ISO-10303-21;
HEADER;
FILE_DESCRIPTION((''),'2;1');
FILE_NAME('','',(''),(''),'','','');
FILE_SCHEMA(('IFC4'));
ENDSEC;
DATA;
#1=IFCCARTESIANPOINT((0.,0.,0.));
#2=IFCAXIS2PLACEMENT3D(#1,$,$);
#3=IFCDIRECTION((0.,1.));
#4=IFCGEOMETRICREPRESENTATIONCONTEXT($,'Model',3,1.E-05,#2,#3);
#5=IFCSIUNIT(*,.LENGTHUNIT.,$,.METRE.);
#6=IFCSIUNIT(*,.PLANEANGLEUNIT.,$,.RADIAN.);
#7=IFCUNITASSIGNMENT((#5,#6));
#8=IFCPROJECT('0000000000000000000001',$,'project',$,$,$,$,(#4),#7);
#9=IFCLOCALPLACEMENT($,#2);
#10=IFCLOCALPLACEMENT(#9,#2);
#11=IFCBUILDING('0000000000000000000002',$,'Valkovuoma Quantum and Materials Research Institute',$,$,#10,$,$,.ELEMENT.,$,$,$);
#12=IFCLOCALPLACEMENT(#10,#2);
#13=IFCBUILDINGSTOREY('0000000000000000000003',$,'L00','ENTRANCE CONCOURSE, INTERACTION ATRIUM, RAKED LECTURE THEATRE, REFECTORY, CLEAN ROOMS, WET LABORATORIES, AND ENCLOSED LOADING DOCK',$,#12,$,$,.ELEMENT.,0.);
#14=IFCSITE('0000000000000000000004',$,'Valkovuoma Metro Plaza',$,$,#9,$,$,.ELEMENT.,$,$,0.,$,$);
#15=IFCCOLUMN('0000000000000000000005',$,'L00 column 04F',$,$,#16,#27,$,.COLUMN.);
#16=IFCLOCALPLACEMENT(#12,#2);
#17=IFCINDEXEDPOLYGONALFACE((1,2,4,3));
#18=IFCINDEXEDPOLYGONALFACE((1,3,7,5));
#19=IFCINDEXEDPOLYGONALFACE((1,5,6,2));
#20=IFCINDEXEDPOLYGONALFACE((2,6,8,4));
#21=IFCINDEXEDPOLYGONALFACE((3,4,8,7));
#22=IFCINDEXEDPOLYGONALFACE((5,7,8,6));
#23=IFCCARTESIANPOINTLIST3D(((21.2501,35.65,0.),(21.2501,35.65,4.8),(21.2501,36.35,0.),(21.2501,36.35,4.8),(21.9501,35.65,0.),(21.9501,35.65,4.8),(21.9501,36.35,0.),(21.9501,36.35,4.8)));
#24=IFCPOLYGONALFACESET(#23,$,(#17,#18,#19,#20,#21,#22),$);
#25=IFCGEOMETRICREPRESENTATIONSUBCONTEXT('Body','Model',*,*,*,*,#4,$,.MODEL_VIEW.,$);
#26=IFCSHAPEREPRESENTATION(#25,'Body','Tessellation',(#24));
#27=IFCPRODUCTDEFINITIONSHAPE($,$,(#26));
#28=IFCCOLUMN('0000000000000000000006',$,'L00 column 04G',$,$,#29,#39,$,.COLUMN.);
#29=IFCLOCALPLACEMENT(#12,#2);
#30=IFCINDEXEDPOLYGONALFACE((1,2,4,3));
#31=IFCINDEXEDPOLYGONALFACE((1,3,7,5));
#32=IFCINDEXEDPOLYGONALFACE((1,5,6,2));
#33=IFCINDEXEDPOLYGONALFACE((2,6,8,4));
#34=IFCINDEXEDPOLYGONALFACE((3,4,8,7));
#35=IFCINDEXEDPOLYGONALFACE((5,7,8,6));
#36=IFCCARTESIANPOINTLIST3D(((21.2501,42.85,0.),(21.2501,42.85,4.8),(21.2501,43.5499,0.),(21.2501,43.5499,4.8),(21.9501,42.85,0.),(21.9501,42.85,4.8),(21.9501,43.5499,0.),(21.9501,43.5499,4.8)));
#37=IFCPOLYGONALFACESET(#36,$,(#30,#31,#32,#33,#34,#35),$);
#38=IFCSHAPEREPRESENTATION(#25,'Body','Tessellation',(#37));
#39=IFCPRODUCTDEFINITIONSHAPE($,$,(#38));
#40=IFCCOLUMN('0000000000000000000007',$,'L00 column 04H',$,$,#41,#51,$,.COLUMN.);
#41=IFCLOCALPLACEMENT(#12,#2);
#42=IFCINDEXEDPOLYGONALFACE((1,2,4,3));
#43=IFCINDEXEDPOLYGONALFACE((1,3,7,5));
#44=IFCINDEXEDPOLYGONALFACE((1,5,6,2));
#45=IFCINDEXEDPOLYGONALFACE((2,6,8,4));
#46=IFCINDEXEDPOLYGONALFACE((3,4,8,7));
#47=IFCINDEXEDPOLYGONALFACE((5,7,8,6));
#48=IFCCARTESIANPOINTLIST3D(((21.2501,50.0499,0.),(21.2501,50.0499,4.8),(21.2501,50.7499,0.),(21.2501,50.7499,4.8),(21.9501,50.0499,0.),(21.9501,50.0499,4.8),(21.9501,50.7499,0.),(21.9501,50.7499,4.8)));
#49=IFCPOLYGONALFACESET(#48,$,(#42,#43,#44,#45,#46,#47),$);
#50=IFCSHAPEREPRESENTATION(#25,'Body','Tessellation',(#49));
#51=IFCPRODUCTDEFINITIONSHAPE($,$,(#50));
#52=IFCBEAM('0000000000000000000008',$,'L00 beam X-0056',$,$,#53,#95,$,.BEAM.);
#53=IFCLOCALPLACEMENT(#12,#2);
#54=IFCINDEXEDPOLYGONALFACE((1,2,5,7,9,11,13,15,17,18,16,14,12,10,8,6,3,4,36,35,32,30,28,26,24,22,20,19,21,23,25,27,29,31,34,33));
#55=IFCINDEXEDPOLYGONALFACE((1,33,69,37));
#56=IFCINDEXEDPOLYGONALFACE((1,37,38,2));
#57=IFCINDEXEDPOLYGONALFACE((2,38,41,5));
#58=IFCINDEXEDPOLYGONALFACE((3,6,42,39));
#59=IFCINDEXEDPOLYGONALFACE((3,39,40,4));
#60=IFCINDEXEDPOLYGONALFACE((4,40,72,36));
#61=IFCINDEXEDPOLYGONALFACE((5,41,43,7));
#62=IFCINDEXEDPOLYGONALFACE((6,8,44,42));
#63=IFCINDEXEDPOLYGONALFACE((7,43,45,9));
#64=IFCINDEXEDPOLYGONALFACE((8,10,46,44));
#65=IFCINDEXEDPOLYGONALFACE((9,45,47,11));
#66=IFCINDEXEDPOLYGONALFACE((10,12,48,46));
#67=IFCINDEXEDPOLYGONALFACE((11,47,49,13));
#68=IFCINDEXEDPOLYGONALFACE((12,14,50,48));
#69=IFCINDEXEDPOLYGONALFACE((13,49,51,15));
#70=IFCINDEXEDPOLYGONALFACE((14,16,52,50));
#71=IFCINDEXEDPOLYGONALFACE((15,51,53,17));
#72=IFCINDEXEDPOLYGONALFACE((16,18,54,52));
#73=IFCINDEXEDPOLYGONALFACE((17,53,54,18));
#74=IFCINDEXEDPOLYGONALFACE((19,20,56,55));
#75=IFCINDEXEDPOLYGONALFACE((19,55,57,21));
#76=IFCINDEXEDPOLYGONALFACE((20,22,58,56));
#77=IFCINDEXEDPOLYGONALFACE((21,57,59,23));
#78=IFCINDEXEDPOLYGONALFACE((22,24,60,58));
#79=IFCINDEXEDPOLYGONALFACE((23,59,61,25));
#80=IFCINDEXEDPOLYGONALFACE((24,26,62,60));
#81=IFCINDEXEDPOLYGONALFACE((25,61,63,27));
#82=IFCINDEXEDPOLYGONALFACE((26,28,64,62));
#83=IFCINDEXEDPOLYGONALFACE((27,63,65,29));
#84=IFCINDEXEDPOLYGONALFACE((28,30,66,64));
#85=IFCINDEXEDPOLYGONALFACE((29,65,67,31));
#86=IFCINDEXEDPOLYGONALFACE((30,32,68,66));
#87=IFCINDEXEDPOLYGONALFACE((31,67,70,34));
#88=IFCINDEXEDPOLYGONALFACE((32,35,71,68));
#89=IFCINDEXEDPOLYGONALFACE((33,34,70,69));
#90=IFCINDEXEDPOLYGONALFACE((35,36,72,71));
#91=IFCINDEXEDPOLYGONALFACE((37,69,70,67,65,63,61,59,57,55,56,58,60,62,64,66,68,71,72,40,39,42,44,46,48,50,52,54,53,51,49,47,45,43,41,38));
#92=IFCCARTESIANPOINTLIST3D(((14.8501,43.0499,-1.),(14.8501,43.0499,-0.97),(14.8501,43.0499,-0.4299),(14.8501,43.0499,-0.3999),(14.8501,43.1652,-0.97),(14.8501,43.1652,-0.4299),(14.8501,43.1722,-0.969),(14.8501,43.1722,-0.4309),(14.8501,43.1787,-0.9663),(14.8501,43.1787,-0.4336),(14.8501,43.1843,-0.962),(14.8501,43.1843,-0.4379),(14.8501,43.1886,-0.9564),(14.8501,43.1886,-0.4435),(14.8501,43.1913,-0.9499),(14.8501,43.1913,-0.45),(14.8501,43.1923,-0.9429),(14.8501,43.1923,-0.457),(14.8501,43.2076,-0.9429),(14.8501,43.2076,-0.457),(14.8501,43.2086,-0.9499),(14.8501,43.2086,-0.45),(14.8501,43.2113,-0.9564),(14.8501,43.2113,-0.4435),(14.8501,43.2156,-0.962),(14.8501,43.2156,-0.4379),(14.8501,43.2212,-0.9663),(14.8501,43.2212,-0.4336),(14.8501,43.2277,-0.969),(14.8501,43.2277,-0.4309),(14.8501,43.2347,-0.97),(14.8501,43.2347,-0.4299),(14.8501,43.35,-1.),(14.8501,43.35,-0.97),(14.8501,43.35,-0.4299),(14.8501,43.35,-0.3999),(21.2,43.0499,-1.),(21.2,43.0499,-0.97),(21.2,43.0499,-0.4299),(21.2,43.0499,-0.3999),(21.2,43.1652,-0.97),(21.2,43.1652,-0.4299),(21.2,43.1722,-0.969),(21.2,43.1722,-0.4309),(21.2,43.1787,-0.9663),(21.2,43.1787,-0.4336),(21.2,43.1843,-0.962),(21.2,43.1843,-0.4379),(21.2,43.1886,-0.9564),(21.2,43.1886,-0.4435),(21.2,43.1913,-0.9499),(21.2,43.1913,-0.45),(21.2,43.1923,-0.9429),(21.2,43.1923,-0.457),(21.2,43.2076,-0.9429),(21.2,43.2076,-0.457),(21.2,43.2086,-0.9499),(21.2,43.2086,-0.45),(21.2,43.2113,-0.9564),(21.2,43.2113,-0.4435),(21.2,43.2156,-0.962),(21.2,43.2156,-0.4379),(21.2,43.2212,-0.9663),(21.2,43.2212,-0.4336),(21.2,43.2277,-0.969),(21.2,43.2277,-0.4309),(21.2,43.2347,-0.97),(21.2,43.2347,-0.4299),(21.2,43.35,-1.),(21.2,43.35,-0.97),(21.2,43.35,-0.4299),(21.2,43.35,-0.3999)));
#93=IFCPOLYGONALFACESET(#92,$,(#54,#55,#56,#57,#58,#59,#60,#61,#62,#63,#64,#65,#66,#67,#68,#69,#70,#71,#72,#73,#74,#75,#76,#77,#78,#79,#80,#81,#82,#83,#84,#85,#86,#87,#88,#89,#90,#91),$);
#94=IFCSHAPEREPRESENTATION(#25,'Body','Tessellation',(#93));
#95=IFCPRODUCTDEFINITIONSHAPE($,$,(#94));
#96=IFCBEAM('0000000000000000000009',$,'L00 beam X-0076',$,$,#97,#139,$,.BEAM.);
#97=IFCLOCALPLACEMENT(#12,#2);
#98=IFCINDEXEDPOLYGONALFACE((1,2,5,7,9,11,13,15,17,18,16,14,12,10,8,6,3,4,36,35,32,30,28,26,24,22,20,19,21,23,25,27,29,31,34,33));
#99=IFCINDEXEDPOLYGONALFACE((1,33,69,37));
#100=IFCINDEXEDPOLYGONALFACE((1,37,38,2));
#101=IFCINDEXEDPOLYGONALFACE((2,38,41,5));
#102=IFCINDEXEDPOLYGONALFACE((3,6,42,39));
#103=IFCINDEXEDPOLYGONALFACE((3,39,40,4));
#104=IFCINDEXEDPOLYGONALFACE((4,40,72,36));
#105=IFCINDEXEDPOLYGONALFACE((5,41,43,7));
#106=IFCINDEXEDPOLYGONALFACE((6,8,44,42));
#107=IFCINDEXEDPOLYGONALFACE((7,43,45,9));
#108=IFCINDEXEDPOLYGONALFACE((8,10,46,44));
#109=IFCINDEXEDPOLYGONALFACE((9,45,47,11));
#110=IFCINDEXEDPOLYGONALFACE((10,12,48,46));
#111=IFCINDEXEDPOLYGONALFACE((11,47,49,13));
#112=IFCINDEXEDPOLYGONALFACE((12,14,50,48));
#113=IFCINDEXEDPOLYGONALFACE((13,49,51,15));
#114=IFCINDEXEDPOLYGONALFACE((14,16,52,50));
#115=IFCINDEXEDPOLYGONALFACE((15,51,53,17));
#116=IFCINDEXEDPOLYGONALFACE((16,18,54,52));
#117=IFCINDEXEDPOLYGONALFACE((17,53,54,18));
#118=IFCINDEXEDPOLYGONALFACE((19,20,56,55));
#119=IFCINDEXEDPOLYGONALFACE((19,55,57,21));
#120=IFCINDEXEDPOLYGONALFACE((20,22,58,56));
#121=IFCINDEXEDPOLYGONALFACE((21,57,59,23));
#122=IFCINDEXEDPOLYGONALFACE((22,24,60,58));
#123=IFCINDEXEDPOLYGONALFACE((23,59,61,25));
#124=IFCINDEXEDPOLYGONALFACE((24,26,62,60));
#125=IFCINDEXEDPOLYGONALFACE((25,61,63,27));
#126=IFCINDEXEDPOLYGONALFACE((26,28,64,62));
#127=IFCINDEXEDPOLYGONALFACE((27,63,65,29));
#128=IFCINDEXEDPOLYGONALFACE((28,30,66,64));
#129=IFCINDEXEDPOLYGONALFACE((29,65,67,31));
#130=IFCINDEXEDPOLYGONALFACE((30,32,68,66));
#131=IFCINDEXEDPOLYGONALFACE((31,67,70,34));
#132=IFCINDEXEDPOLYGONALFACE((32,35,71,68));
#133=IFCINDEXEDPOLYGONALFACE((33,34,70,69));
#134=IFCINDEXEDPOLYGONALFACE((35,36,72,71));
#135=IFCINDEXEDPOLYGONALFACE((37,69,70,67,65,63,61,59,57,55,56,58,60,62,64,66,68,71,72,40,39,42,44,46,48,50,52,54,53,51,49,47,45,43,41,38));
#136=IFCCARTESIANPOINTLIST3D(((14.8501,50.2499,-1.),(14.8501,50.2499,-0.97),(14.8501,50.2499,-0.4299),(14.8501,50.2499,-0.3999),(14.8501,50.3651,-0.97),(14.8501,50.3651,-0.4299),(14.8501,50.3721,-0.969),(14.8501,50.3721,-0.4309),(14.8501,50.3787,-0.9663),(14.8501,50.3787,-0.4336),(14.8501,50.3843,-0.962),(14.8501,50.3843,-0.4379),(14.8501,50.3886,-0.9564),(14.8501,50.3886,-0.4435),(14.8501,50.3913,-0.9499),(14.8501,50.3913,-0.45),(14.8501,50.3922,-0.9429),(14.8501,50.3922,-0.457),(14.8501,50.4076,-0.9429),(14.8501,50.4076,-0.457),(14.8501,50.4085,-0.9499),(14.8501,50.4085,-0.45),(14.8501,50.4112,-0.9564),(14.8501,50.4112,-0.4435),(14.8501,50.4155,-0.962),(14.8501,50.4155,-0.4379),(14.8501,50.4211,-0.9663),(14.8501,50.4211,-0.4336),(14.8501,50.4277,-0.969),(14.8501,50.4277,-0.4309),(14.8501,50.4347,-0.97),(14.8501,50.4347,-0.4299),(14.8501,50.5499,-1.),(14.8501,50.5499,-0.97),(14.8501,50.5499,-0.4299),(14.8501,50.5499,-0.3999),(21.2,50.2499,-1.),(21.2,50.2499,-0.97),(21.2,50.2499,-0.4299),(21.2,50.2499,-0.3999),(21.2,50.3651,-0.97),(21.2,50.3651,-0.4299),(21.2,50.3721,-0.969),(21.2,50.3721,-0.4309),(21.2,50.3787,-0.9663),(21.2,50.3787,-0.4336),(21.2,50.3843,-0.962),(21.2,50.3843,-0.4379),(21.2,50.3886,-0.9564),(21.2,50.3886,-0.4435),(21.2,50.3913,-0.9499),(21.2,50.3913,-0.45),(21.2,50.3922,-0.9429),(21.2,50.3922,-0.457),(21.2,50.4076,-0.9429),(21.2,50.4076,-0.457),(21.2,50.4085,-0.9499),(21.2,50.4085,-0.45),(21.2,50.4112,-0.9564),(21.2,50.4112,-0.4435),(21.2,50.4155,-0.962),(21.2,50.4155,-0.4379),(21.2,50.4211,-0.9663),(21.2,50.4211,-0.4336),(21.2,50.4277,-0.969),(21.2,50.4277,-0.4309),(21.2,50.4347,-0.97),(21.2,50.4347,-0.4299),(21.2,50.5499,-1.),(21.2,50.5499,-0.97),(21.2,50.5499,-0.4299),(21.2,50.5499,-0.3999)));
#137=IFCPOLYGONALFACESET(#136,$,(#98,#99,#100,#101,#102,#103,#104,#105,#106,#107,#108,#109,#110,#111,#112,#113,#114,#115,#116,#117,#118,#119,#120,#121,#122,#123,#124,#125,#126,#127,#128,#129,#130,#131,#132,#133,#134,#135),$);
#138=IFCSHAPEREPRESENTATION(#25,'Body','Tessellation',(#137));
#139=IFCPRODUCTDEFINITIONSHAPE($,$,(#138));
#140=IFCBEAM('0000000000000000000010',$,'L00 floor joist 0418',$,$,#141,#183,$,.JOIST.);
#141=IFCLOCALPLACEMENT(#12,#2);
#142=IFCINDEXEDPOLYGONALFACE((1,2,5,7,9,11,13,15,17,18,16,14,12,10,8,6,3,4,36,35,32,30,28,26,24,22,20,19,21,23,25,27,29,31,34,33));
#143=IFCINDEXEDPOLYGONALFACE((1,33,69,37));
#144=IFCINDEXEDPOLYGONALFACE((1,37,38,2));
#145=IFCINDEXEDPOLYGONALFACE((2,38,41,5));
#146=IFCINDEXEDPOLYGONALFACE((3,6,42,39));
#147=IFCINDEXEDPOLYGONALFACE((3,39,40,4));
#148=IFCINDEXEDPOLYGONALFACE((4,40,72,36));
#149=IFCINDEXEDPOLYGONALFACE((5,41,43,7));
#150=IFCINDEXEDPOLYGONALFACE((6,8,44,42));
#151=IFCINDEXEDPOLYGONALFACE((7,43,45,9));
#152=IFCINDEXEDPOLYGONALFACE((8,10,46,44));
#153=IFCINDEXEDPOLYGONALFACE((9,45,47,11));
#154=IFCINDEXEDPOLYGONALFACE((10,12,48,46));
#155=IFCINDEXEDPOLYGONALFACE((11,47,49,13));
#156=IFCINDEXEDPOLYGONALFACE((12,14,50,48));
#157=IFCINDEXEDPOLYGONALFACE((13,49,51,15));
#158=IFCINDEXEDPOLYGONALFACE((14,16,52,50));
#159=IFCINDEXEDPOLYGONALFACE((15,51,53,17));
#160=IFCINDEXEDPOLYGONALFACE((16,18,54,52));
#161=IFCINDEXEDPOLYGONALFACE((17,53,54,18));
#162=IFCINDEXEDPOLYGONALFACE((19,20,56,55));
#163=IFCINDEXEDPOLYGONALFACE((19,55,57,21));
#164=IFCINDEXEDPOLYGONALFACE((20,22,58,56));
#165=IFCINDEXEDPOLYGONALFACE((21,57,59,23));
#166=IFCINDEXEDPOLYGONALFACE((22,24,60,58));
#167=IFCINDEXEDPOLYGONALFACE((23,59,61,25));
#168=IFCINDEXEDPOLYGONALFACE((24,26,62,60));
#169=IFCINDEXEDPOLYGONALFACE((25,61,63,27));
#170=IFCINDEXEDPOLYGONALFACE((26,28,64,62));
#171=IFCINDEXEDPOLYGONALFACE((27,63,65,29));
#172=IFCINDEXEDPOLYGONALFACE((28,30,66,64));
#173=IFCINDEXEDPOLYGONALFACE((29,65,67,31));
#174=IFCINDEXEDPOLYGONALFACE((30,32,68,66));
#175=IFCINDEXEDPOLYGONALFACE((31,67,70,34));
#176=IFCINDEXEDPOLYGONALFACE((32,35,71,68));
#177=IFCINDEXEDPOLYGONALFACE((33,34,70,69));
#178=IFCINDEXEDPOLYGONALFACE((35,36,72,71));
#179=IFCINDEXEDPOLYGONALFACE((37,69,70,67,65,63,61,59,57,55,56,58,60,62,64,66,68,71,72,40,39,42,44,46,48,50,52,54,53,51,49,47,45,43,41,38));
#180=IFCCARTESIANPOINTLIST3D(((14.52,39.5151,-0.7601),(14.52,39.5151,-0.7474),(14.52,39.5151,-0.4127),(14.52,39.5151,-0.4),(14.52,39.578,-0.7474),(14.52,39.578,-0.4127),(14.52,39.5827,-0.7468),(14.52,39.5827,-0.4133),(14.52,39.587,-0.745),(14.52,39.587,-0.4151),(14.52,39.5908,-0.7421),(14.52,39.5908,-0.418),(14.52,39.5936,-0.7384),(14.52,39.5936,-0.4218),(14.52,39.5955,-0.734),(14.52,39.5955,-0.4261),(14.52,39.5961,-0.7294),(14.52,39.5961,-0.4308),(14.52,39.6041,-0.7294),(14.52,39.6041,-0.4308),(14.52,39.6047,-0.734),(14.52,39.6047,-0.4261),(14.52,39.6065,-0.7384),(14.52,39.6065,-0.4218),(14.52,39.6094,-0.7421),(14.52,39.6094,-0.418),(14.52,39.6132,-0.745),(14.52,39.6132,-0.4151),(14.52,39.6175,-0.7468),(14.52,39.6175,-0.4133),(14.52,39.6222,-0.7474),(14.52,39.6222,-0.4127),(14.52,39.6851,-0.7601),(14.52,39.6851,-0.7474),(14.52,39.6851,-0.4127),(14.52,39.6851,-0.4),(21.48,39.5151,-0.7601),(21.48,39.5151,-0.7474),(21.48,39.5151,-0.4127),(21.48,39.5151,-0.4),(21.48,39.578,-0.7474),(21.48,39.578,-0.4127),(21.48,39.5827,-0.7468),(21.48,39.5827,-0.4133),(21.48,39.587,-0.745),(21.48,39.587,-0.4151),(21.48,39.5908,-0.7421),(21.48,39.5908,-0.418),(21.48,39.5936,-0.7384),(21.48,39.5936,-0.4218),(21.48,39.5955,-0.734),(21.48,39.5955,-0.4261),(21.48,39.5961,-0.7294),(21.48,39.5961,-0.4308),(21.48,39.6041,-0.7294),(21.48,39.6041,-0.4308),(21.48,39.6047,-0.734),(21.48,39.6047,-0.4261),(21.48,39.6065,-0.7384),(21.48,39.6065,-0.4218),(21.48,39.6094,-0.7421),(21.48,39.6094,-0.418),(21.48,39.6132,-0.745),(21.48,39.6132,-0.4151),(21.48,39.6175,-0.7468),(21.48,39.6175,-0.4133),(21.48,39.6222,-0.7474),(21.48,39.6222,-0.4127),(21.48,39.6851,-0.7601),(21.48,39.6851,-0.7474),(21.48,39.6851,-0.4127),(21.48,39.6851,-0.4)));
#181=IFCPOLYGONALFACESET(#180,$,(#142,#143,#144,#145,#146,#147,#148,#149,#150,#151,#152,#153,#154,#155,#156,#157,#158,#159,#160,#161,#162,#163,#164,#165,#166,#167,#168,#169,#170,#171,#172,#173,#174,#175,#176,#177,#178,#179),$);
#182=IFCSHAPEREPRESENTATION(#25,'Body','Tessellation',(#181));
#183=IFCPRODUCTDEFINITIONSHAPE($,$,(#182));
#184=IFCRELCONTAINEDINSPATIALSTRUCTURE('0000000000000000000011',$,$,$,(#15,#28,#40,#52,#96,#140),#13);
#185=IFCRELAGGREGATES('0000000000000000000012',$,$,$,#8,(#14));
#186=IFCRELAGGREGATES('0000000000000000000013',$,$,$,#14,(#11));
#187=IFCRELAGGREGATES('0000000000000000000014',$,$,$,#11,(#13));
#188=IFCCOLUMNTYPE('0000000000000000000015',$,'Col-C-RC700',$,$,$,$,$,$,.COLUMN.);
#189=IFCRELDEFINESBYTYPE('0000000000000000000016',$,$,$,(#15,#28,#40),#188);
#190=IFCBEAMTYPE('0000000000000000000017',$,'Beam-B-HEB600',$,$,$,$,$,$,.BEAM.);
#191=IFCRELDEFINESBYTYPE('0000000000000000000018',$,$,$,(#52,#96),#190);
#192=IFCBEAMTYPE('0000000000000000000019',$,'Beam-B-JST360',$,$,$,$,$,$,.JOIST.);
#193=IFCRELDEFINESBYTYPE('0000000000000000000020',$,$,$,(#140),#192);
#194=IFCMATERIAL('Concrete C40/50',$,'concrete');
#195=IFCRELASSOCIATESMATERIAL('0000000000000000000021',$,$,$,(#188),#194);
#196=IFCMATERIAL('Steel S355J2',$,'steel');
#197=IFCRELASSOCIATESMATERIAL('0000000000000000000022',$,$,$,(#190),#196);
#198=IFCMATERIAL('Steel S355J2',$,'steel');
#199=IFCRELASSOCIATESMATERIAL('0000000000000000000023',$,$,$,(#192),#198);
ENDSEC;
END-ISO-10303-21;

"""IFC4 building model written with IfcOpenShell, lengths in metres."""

from ifc_helpers import new_model, si_unit, direction, frame, origin, origin_2d, place, context, subcontext, project, spatial, rectangle, i_section, extrude, material, material_profile, profile_set, type_object, element, save


model = new_model("IFC4")

# Units and contexts
model_context = context("Model", 3, precision=1e-05, world=origin(), true_north=direction((0.0, 1.0)))
body_context = subcontext(model_context, "Body", "Model", "MODEL_VIEW")
ifc_project = project(units=[si_unit("LENGTHUNIT", "METRE"), si_unit("PLANEANGLEUNIT", "RADIAN")], contexts=[model_context])

# Site, building, storey
site_placement = place(None, origin())
site = spatial("IfcSite", under=ifc_project, at=site_placement, Name="Valkovuoma Metro Plaza", CompositionType="ELEMENT", RefElevation=0.0)
building_placement = place(site_placement, origin())
building = spatial("IfcBuilding", under=site, at=building_placement, Name="Valkovuoma Quantum and Materials Research Institute", CompositionType="ELEMENT")
storey_placement = place(building_placement, origin())
storey = spatial("IfcBuildingStorey", under=building, at=storey_placement, Name="L00", Description="ENTRANCE CONCOURSE, INTERACTION ATRIUM, RAKED LECTURE THEATRE, REFECTORY, CLEAN ROOMS, WET LABORATORIES, AND ENCLOSED LOADING DOCK", CompositionType="ELEMENT", Elevation=0.0)

# Columns
ifc_material_1 = material(Name="Concrete C40/50", Category="concrete")
ifc_material_profile_1 = material_profile(ifc_material_1, rectangle(XDim=0.7, YDim=0.7, at=origin_2d()), Name="Concrete C40/50")
ifc_profile_set_1 = profile_set([ifc_material_profile_1], Name="Concrete C40/50")
column_type = type_object("IfcColumnType", Name="Col-C-RC700", PredefinedType="COLUMN", material=ifc_profile_set_1)
for number, where, z_axis, x_axis, name in (
    (1, (21.6001, 36.0, 0.0), (0.0, 0.0, 1.0), (1.0, 0.0, 0.0), "L00 column 04F"),
    (2, (21.6001, 43.2, 0.0), (0.0, 0.0, 1.0), (1.0, 0.0, 0.0), "L00 column 04G"),
    (3, (21.6001, 50.3999, 0.0), (0.0, 0.0, 1.0), (1.0, 0.0, 0.0), "L00 column 04H"),
):
    element("IfcColumn", number, at=place(storey_placement, frame(where, z_axis=z_axis, x_axis=x_axis)), inside=storey, type_object=column_type, Name=name, PredefinedType="COLUMN", context=body_context, shape_type="SweptSolid", body=[
        extrude(rectangle(XDim=0.7, YDim=0.7, at=origin_2d()), origin(), (0.0, 0.0, 1.0), 4.8),
    ])

# Beams
ifc_material_2 = material(Name="Steel S355J2", Category="steel")
ifc_material_profile_2 = material_profile(ifc_material_2, i_section(OverallWidth=0.3, OverallDepth=0.6001, WebThickness=0.0154, FlangeThickness=0.03, FilletRadius=0.0271, at=origin_2d()), Name="Steel S355J2")
ifc_profile_set_2 = profile_set([ifc_material_profile_2], Name="Steel S355J2")
beam_type_1 = type_object("IfcBeamType", Name="Beam-B-HEB600", PredefinedType="BEAM", material=ifc_profile_set_2)
for number, where, z_axis, x_axis, name in (
    (4, (14.8501, 43.2, -0.7), (1.0, 0.0, 0.0), (0.0, 1.0, 0.0), "L00 beam X-0056"),
    (5, (14.8501, 50.3999, -0.7), (1.0, 0.0, 0.0), (0.0, 1.0, 0.0), "L00 beam X-0076"),
):
    element("IfcBeam", number, at=place(storey_placement, frame(where, z_axis=z_axis, x_axis=x_axis)), inside=storey, type_object=beam_type_1, Name=name, PredefinedType="BEAM", context=body_context, shape_type="SweptSolid", body=[
        extrude(i_section(OverallWidth=0.3, OverallDepth=0.6001, WebThickness=0.0154, FlangeThickness=0.03, FilletRadius=0.0271, at=origin_2d()), origin(), (0.0, 0.0, 1.0), 6.3499),
    ])
ifc_material_3 = material(Name="Steel S355J2", Category="steel")
ifc_material_profile_3 = material_profile(ifc_material_3, i_section(OverallWidth=0.1699, OverallDepth=0.3601, WebThickness=0.0081, FlangeThickness=0.0127, FilletRadius=0.0181, at=origin_2d()), Name="Steel S355J2")
ifc_profile_set_3 = profile_set([ifc_material_profile_3], Name="Steel S355J2")
beam_type_2 = type_object("IfcBeamType", Name="Beam-B-JST360", PredefinedType="JOIST", material=ifc_profile_set_3)
for number, where, z_axis, x_axis, name in (
    (6, (14.52, 39.6001, -0.5801), (1.0, 0.0, 0.0), (0.0, 1.0, 0.0), "L00 floor joist 0418"),
):
    element("IfcBeam", number, at=place(storey_placement, frame(where, z_axis=z_axis, x_axis=x_axis)), inside=storey, type_object=beam_type_2, Name=name, PredefinedType="JOIST", context=body_context, shape_type="SweptSolid", body=[
        extrude(i_section(OverallWidth=0.1699, OverallDepth=0.3601, WebThickness=0.0081, FlangeThickness=0.0127, FilletRadius=0.0181, at=origin_2d()), origin(), (0.0, 0.0, 1.0), 6.96),
    ])

save(model, "model.ifc")
